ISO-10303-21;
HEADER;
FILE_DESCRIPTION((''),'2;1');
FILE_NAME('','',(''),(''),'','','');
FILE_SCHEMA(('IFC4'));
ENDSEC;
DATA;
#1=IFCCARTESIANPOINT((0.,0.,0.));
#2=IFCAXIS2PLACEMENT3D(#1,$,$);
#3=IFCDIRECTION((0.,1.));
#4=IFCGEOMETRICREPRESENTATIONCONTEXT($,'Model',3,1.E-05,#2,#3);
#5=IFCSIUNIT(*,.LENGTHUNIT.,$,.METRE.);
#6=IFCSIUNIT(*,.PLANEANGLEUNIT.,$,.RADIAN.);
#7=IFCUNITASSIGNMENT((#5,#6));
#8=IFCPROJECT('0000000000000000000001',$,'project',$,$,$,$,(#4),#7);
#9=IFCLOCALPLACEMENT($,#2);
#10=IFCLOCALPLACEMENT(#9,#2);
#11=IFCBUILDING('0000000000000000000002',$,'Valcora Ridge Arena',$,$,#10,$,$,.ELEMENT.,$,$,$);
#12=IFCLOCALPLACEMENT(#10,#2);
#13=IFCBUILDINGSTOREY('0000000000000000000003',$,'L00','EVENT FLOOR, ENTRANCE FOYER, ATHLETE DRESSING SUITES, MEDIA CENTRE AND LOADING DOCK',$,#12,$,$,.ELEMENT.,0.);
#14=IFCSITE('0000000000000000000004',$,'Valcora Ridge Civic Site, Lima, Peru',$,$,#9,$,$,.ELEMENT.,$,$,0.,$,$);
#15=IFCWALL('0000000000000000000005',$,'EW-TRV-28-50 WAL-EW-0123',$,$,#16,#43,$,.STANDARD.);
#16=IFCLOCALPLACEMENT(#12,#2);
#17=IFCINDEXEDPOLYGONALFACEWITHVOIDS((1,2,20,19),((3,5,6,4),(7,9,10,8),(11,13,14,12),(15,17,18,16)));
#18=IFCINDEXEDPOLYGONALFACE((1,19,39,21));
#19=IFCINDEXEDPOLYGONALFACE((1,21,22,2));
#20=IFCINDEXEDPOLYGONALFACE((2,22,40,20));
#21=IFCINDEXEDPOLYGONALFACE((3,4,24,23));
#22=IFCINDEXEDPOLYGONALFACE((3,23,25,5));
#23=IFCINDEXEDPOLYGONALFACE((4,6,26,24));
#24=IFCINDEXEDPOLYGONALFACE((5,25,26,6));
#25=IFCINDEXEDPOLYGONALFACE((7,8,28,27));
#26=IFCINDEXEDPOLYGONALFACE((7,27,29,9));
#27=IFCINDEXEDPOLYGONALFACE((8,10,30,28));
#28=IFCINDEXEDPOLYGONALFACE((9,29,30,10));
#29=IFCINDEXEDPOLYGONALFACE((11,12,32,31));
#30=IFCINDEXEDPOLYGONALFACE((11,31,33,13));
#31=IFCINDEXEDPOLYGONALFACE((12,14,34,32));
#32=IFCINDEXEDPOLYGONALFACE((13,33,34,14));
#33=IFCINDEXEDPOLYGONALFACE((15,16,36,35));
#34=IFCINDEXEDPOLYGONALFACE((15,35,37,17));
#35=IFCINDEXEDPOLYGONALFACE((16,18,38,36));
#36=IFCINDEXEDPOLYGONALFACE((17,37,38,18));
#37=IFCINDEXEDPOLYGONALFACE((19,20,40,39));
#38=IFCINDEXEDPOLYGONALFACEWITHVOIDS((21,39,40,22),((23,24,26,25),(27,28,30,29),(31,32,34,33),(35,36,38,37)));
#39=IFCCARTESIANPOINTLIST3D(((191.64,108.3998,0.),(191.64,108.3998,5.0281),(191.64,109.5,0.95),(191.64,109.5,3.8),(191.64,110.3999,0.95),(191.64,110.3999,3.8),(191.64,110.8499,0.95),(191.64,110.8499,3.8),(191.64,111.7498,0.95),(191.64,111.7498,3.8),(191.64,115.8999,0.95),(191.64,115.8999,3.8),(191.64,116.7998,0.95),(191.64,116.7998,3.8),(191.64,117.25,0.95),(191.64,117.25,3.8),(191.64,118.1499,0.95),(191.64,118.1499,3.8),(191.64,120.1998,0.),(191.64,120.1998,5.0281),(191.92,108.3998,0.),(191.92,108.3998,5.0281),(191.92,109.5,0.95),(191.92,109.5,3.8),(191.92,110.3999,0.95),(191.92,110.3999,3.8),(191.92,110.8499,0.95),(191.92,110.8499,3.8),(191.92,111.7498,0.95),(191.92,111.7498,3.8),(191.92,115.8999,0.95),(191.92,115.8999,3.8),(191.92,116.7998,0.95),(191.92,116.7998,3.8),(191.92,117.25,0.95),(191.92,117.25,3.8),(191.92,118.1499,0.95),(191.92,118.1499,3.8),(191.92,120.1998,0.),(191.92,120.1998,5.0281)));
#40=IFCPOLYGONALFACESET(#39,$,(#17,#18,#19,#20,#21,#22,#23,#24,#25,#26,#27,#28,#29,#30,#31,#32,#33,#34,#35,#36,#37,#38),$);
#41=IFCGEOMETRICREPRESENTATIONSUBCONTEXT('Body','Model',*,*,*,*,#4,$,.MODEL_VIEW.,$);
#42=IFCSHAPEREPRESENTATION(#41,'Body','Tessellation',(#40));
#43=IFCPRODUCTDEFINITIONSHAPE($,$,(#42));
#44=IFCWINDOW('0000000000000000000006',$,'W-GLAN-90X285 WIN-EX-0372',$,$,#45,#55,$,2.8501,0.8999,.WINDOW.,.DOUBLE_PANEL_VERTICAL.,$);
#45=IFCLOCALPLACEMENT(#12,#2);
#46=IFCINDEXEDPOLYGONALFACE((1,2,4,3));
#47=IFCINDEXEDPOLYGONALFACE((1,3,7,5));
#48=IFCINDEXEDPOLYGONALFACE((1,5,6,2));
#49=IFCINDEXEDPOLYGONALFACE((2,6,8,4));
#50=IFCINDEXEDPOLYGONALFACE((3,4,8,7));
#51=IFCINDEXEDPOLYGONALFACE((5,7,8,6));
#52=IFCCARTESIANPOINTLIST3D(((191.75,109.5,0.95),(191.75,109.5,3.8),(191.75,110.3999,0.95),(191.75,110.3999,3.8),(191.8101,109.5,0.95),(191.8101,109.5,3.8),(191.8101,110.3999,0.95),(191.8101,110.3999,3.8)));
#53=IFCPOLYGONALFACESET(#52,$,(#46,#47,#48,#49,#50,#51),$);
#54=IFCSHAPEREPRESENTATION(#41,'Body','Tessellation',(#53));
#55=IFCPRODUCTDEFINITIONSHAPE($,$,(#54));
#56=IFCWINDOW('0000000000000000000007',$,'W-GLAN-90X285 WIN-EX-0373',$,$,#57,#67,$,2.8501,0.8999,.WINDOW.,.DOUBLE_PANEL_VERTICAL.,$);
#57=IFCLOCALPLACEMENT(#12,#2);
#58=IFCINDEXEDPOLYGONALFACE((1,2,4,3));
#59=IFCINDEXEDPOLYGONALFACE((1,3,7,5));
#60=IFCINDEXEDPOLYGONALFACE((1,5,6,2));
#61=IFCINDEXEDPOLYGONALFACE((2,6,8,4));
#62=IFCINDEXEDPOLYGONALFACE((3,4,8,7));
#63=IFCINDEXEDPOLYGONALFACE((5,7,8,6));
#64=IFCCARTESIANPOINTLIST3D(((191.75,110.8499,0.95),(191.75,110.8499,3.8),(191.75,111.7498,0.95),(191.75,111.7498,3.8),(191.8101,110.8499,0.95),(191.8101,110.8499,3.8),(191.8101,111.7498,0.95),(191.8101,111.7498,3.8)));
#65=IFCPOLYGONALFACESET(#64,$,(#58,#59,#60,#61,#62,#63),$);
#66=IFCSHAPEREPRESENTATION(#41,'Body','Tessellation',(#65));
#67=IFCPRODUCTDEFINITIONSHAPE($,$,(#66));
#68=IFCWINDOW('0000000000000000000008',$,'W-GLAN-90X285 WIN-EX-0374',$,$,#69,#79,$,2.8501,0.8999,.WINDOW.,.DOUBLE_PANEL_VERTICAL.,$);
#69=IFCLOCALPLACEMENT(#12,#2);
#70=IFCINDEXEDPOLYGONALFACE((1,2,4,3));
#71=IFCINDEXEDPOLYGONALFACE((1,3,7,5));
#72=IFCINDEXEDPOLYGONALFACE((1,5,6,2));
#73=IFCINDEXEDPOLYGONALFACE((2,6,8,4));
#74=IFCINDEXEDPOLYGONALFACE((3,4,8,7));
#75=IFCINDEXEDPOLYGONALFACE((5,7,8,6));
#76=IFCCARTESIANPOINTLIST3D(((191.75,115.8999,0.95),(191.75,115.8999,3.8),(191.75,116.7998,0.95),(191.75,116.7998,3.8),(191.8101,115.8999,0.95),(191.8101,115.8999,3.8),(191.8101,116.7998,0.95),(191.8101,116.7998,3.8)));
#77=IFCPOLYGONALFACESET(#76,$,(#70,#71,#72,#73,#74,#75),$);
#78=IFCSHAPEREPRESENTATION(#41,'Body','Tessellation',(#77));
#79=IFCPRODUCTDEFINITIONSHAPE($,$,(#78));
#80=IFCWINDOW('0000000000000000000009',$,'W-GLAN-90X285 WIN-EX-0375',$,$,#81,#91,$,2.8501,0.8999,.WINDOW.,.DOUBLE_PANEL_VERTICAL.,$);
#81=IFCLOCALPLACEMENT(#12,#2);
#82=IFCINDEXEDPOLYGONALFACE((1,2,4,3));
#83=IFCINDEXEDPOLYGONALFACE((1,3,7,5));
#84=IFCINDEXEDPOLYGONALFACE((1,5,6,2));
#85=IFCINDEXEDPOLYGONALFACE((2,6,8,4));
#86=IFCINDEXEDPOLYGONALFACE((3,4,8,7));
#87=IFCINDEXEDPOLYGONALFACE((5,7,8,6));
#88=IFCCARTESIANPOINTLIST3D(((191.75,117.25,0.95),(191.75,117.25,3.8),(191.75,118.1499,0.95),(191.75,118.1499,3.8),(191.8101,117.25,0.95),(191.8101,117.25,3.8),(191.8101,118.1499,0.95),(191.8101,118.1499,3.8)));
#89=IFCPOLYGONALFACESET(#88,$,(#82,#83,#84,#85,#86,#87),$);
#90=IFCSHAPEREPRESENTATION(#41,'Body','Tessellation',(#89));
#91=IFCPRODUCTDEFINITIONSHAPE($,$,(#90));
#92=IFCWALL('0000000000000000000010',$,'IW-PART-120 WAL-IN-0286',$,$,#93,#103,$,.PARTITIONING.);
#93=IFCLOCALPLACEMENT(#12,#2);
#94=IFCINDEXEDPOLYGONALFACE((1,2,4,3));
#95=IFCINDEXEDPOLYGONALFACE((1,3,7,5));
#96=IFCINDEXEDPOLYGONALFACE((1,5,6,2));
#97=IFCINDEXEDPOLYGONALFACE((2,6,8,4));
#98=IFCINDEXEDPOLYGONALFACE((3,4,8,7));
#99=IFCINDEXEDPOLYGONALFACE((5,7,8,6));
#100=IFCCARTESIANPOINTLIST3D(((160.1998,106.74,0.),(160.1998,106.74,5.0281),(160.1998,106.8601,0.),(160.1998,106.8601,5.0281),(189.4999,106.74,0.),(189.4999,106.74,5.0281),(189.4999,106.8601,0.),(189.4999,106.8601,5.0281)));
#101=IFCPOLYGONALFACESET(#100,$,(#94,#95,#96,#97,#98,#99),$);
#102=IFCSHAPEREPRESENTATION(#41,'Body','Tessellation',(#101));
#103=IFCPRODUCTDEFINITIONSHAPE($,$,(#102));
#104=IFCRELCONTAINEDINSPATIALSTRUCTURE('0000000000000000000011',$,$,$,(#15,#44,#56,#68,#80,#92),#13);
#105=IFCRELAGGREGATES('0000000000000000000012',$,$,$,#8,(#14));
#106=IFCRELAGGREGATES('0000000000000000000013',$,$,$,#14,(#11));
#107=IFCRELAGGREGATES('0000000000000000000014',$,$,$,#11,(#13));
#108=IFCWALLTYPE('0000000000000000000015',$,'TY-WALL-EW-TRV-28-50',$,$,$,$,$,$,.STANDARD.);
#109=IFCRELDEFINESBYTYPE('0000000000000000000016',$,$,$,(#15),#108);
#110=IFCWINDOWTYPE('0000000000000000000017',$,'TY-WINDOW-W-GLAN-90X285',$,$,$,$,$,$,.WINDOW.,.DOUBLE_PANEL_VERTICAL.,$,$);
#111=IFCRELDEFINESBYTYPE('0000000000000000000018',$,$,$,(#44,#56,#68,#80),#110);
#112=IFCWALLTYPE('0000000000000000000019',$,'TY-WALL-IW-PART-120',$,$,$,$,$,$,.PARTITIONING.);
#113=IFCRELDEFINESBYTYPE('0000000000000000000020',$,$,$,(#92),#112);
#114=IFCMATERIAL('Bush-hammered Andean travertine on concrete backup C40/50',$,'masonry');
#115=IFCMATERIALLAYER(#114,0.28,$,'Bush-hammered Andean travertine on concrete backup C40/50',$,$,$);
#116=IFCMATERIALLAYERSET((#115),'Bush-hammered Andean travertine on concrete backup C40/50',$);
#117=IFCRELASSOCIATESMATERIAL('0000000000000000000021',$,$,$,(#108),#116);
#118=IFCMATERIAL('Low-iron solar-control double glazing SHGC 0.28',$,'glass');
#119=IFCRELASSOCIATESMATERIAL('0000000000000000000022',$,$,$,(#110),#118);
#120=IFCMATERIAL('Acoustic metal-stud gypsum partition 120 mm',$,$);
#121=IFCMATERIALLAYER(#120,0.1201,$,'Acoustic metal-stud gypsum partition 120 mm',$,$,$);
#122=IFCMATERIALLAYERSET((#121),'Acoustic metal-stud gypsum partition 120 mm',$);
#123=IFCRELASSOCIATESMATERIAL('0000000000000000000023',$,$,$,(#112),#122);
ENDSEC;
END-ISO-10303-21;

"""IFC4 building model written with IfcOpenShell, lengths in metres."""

from ifc_helpers import new_model, si_unit, direction, frame, frame_2d, origin, place, context, subcontext, project, spatial, rectangle, extrude, material, layer, layer_set, type_object, element, fill, save


model = new_model("IFC4")

# Units and contexts
model_context = context("Model", 3, precision=1e-05, world=origin(), true_north=direction((0.0, 1.0)))
body_context = subcontext(model_context, "Body", "Model", "MODEL_VIEW")
ifc_project = project(units=[si_unit("LENGTHUNIT", "METRE"), si_unit("PLANEANGLEUNIT", "RADIAN")], contexts=[model_context])

# Site, building, storey
site_placement = place(None, origin())
site = spatial("IfcSite", under=ifc_project, at=site_placement, Name="Valcora Ridge Civic Site, Lima, Peru", CompositionType="ELEMENT", RefElevation=0.0)
building_placement = place(site_placement, origin())
building = spatial("IfcBuilding", under=site, at=building_placement, Name="Valcora Ridge Arena", CompositionType="ELEMENT")
storey_placement = place(building_placement, origin())
storey = spatial("IfcBuildingStorey", under=building, at=storey_placement, Name="L00", Description="EVENT FLOOR, ENTRANCE FOYER, ATHLETE DRESSING SUITES, MEDIA CENTRE AND LOADING DOCK", CompositionType="ELEMENT", Elevation=0.0)

# Shared definitions
ifc_material_1 = material(Name="Low-iron solar-control double glazing SHGC 0.28", Category="glass")

# Wall, openings, windows
ifc_material_2 = material(Name="Bush-hammered Andean travertine on concrete backup C40/50", Category="masonry")
ifc_layer_1 = layer(ifc_material_2, 0.28, Name="Bush-hammered Andean travertine on concrete backup C40/50")
ifc_layer_set_1 = layer_set([ifc_layer_1], Name="Bush-hammered Andean travertine on concrete backup C40/50")
wall_type_1 = type_object("IfcWallType", Name="TY-WALL-EW-TRV-28-50", PredefinedType="STANDARD", material=ifc_layer_set_1)
window_type = type_object("IfcWindowType", Name="TY-WINDOW-W-GLAN-90X285", PartitioningType="DOUBLE_PANEL_VERTICAL", PredefinedType="WINDOW", material=ifc_material_1)
wall_1_placement = place(storey_placement, frame((191.78, 108.3999, 0.0), z_axis=(0.0, 0.0, 1.0), x_axis=(0.0, 1.0, 0.0)))
wall_1 = element("IfcWall", 1, at=wall_1_placement, inside=storey, type_object=wall_type_1, Name="EW-TRV-28-50 WAL-EW-0123", PredefinedType="STANDARD", context=body_context, shape_type="SweptSolid", body=[
    extrude(rectangle(XDim=11.8, YDim=0.28, at=frame_2d((5.8999, 0.0))), origin(), (0.0, 0.0, 1.0), 5.0281),
])
opening_1_placement = place(wall_1_placement, frame((1.1001, 0.0, 0.95)))
opening_1 = element("IfcOpeningElement", 2, at=opening_1_placement, cuts=wall_1, PredefinedType="OPENING", context=body_context, shape_type="SweptSolid", body=[
    extrude(rectangle(XDim=0.8999, YDim=2.8501, at=frame_2d((0.45, 1.425))), frame((0.0, 0.1499, 0.0), z_axis=(0.0, -1.0, 0.0), x_axis=(1.0, 0.0, 0.0)), (0.0, 0.0, 1.0), 0.3),
])
opening_2_placement = place(wall_1_placement, frame((2.45, 0.0, 0.95)))
opening_2 = element("IfcOpeningElement", 3, at=opening_2_placement, cuts=wall_1, PredefinedType="OPENING", context=body_context, shape_type="SweptSolid", body=[
    extrude(rectangle(XDim=0.8999, YDim=2.8501, at=frame_2d((0.45, 1.425))), frame((0.0, 0.1499, 0.0), z_axis=(0.0, -1.0, 0.0), x_axis=(1.0, 0.0, 0.0)), (0.0, 0.0, 1.0), 0.3),
])
opening_3_placement = place(wall_1_placement, frame((7.5, 0.0, 0.95)))
opening_3 = element("IfcOpeningElement", 4, at=opening_3_placement, cuts=wall_1, PredefinedType="OPENING", context=body_context, shape_type="SweptSolid", body=[
    extrude(rectangle(XDim=0.8999, YDim=2.8501, at=frame_2d((0.45, 1.425))), frame((0.0, 0.1499, 0.0), z_axis=(0.0, -1.0, 0.0), x_axis=(1.0, 0.0, 0.0)), (0.0, 0.0, 1.0), 0.3),
])
opening_4_placement = place(wall_1_placement, frame((8.8501, 0.0, 0.95)))
opening_4 = element("IfcOpeningElement", 5, at=opening_4_placement, cuts=wall_1, PredefinedType="OPENING", context=body_context, shape_type="SweptSolid", body=[
    extrude(rectangle(XDim=0.8999, YDim=2.8501, at=frame_2d((0.45, 1.425))), frame((0.0, 0.1499, 0.0), z_axis=(0.0, -1.0, 0.0), x_axis=(1.0, 0.0, 0.0)), (0.0, 0.0, 1.0), 0.3),
])
window_1_placement = place(opening_1_placement, origin())
window_1 = element("IfcWindow", 6, at=window_1_placement, inside=storey, type_object=window_type, Name="W-GLAN-90X285 WIN-EX-0372", OverallHeight=2.8501, OverallWidth=0.8999, PartitioningType="DOUBLE_PANEL_VERTICAL", PredefinedType="WINDOW", context=body_context, shape_type="SweptSolid", body=[
    extrude(rectangle(XDim=0.8999, YDim=2.8501, at=frame_2d((0.45, 1.425))), frame((0.0, 0.03, 0.0), z_axis=(0.0, -1.0, 0.0), x_axis=(1.0, 0.0, 0.0)), (0.0, 0.0, 1.0), 0.0601),
])
fill(opening_1, window_1)
window_2_placement = place(opening_2_placement, origin())
window_2 = element("IfcWindow", 7, at=window_2_placement, inside=storey, type_object=window_type, Name="W-GLAN-90X285 WIN-EX-0373", OverallHeight=2.8501, OverallWidth=0.8999, PartitioningType="DOUBLE_PANEL_VERTICAL", PredefinedType="WINDOW", context=body_context, shape_type="SweptSolid", body=[
    extrude(rectangle(XDim=0.8999, YDim=2.8501, at=frame_2d((0.45, 1.425))), frame((0.0, 0.03, 0.0), z_axis=(0.0, -1.0, 0.0), x_axis=(1.0, 0.0, 0.0)), (0.0, 0.0, 1.0), 0.0601),
])
fill(opening_2, window_2)
window_3_placement = place(opening_3_placement, origin())
window_3 = element("IfcWindow", 8, at=window_3_placement, inside=storey, type_object=window_type, Name="W-GLAN-90X285 WIN-EX-0374", OverallHeight=2.8501, OverallWidth=0.8999, PartitioningType="DOUBLE_PANEL_VERTICAL", PredefinedType="WINDOW", context=body_context, shape_type="SweptSolid", body=[
    extrude(rectangle(XDim=0.8999, YDim=2.8501, at=frame_2d((0.45, 1.425))), frame((0.0, 0.03, 0.0), z_axis=(0.0, -1.0, 0.0), x_axis=(1.0, 0.0, 0.0)), (0.0, 0.0, 1.0), 0.0601),
])
fill(opening_3, window_3)
window_4_placement = place(opening_4_placement, origin())
window_4 = element("IfcWindow", 9, at=window_4_placement, inside=storey, type_object=window_type, Name="W-GLAN-90X285 WIN-EX-0375", OverallHeight=2.8501, OverallWidth=0.8999, PartitioningType="DOUBLE_PANEL_VERTICAL", PredefinedType="WINDOW", context=body_context, shape_type="SweptSolid", body=[
    extrude(rectangle(XDim=0.8999, YDim=2.8501, at=frame_2d((0.45, 1.425))), frame((0.0, 0.03, 0.0), z_axis=(0.0, -1.0, 0.0), x_axis=(1.0, 0.0, 0.0)), (0.0, 0.0, 1.0), 0.0601),
])
fill(opening_4, window_4)

# Wall
ifc_material_3 = material(Name="Acoustic metal-stud gypsum partition 120 mm")
ifc_layer_2 = layer(ifc_material_3, 0.1201, Name="Acoustic metal-stud gypsum partition 120 mm")
ifc_layer_set_2 = layer_set([ifc_layer_2], Name="Acoustic metal-stud gypsum partition 120 mm")
wall_type_2 = type_object("IfcWallType", Name="TY-WALL-IW-PART-120", PredefinedType="PARTITIONING", material=ifc_layer_set_2)
wall_2_placement = place(storey_placement, frame((160.2, 106.8, 0.0), z_axis=(0.0, 0.0, 1.0), x_axis=(1.0, 0.0, 0.0)))
element("IfcWall", 10, at=wall_2_placement, inside=storey, type_object=wall_type_2, Name="IW-PART-120 WAL-IN-0286", PredefinedType="PARTITIONING", context=body_context, shape_type="SweptSolid", body=[
    extrude(rectangle(XDim=29.3, YDim=0.1201, at=frame_2d((14.6499, 0.0))), origin(), (0.0, 0.0, 1.0), 5.0281),
])

save(model, "model.ifc")
